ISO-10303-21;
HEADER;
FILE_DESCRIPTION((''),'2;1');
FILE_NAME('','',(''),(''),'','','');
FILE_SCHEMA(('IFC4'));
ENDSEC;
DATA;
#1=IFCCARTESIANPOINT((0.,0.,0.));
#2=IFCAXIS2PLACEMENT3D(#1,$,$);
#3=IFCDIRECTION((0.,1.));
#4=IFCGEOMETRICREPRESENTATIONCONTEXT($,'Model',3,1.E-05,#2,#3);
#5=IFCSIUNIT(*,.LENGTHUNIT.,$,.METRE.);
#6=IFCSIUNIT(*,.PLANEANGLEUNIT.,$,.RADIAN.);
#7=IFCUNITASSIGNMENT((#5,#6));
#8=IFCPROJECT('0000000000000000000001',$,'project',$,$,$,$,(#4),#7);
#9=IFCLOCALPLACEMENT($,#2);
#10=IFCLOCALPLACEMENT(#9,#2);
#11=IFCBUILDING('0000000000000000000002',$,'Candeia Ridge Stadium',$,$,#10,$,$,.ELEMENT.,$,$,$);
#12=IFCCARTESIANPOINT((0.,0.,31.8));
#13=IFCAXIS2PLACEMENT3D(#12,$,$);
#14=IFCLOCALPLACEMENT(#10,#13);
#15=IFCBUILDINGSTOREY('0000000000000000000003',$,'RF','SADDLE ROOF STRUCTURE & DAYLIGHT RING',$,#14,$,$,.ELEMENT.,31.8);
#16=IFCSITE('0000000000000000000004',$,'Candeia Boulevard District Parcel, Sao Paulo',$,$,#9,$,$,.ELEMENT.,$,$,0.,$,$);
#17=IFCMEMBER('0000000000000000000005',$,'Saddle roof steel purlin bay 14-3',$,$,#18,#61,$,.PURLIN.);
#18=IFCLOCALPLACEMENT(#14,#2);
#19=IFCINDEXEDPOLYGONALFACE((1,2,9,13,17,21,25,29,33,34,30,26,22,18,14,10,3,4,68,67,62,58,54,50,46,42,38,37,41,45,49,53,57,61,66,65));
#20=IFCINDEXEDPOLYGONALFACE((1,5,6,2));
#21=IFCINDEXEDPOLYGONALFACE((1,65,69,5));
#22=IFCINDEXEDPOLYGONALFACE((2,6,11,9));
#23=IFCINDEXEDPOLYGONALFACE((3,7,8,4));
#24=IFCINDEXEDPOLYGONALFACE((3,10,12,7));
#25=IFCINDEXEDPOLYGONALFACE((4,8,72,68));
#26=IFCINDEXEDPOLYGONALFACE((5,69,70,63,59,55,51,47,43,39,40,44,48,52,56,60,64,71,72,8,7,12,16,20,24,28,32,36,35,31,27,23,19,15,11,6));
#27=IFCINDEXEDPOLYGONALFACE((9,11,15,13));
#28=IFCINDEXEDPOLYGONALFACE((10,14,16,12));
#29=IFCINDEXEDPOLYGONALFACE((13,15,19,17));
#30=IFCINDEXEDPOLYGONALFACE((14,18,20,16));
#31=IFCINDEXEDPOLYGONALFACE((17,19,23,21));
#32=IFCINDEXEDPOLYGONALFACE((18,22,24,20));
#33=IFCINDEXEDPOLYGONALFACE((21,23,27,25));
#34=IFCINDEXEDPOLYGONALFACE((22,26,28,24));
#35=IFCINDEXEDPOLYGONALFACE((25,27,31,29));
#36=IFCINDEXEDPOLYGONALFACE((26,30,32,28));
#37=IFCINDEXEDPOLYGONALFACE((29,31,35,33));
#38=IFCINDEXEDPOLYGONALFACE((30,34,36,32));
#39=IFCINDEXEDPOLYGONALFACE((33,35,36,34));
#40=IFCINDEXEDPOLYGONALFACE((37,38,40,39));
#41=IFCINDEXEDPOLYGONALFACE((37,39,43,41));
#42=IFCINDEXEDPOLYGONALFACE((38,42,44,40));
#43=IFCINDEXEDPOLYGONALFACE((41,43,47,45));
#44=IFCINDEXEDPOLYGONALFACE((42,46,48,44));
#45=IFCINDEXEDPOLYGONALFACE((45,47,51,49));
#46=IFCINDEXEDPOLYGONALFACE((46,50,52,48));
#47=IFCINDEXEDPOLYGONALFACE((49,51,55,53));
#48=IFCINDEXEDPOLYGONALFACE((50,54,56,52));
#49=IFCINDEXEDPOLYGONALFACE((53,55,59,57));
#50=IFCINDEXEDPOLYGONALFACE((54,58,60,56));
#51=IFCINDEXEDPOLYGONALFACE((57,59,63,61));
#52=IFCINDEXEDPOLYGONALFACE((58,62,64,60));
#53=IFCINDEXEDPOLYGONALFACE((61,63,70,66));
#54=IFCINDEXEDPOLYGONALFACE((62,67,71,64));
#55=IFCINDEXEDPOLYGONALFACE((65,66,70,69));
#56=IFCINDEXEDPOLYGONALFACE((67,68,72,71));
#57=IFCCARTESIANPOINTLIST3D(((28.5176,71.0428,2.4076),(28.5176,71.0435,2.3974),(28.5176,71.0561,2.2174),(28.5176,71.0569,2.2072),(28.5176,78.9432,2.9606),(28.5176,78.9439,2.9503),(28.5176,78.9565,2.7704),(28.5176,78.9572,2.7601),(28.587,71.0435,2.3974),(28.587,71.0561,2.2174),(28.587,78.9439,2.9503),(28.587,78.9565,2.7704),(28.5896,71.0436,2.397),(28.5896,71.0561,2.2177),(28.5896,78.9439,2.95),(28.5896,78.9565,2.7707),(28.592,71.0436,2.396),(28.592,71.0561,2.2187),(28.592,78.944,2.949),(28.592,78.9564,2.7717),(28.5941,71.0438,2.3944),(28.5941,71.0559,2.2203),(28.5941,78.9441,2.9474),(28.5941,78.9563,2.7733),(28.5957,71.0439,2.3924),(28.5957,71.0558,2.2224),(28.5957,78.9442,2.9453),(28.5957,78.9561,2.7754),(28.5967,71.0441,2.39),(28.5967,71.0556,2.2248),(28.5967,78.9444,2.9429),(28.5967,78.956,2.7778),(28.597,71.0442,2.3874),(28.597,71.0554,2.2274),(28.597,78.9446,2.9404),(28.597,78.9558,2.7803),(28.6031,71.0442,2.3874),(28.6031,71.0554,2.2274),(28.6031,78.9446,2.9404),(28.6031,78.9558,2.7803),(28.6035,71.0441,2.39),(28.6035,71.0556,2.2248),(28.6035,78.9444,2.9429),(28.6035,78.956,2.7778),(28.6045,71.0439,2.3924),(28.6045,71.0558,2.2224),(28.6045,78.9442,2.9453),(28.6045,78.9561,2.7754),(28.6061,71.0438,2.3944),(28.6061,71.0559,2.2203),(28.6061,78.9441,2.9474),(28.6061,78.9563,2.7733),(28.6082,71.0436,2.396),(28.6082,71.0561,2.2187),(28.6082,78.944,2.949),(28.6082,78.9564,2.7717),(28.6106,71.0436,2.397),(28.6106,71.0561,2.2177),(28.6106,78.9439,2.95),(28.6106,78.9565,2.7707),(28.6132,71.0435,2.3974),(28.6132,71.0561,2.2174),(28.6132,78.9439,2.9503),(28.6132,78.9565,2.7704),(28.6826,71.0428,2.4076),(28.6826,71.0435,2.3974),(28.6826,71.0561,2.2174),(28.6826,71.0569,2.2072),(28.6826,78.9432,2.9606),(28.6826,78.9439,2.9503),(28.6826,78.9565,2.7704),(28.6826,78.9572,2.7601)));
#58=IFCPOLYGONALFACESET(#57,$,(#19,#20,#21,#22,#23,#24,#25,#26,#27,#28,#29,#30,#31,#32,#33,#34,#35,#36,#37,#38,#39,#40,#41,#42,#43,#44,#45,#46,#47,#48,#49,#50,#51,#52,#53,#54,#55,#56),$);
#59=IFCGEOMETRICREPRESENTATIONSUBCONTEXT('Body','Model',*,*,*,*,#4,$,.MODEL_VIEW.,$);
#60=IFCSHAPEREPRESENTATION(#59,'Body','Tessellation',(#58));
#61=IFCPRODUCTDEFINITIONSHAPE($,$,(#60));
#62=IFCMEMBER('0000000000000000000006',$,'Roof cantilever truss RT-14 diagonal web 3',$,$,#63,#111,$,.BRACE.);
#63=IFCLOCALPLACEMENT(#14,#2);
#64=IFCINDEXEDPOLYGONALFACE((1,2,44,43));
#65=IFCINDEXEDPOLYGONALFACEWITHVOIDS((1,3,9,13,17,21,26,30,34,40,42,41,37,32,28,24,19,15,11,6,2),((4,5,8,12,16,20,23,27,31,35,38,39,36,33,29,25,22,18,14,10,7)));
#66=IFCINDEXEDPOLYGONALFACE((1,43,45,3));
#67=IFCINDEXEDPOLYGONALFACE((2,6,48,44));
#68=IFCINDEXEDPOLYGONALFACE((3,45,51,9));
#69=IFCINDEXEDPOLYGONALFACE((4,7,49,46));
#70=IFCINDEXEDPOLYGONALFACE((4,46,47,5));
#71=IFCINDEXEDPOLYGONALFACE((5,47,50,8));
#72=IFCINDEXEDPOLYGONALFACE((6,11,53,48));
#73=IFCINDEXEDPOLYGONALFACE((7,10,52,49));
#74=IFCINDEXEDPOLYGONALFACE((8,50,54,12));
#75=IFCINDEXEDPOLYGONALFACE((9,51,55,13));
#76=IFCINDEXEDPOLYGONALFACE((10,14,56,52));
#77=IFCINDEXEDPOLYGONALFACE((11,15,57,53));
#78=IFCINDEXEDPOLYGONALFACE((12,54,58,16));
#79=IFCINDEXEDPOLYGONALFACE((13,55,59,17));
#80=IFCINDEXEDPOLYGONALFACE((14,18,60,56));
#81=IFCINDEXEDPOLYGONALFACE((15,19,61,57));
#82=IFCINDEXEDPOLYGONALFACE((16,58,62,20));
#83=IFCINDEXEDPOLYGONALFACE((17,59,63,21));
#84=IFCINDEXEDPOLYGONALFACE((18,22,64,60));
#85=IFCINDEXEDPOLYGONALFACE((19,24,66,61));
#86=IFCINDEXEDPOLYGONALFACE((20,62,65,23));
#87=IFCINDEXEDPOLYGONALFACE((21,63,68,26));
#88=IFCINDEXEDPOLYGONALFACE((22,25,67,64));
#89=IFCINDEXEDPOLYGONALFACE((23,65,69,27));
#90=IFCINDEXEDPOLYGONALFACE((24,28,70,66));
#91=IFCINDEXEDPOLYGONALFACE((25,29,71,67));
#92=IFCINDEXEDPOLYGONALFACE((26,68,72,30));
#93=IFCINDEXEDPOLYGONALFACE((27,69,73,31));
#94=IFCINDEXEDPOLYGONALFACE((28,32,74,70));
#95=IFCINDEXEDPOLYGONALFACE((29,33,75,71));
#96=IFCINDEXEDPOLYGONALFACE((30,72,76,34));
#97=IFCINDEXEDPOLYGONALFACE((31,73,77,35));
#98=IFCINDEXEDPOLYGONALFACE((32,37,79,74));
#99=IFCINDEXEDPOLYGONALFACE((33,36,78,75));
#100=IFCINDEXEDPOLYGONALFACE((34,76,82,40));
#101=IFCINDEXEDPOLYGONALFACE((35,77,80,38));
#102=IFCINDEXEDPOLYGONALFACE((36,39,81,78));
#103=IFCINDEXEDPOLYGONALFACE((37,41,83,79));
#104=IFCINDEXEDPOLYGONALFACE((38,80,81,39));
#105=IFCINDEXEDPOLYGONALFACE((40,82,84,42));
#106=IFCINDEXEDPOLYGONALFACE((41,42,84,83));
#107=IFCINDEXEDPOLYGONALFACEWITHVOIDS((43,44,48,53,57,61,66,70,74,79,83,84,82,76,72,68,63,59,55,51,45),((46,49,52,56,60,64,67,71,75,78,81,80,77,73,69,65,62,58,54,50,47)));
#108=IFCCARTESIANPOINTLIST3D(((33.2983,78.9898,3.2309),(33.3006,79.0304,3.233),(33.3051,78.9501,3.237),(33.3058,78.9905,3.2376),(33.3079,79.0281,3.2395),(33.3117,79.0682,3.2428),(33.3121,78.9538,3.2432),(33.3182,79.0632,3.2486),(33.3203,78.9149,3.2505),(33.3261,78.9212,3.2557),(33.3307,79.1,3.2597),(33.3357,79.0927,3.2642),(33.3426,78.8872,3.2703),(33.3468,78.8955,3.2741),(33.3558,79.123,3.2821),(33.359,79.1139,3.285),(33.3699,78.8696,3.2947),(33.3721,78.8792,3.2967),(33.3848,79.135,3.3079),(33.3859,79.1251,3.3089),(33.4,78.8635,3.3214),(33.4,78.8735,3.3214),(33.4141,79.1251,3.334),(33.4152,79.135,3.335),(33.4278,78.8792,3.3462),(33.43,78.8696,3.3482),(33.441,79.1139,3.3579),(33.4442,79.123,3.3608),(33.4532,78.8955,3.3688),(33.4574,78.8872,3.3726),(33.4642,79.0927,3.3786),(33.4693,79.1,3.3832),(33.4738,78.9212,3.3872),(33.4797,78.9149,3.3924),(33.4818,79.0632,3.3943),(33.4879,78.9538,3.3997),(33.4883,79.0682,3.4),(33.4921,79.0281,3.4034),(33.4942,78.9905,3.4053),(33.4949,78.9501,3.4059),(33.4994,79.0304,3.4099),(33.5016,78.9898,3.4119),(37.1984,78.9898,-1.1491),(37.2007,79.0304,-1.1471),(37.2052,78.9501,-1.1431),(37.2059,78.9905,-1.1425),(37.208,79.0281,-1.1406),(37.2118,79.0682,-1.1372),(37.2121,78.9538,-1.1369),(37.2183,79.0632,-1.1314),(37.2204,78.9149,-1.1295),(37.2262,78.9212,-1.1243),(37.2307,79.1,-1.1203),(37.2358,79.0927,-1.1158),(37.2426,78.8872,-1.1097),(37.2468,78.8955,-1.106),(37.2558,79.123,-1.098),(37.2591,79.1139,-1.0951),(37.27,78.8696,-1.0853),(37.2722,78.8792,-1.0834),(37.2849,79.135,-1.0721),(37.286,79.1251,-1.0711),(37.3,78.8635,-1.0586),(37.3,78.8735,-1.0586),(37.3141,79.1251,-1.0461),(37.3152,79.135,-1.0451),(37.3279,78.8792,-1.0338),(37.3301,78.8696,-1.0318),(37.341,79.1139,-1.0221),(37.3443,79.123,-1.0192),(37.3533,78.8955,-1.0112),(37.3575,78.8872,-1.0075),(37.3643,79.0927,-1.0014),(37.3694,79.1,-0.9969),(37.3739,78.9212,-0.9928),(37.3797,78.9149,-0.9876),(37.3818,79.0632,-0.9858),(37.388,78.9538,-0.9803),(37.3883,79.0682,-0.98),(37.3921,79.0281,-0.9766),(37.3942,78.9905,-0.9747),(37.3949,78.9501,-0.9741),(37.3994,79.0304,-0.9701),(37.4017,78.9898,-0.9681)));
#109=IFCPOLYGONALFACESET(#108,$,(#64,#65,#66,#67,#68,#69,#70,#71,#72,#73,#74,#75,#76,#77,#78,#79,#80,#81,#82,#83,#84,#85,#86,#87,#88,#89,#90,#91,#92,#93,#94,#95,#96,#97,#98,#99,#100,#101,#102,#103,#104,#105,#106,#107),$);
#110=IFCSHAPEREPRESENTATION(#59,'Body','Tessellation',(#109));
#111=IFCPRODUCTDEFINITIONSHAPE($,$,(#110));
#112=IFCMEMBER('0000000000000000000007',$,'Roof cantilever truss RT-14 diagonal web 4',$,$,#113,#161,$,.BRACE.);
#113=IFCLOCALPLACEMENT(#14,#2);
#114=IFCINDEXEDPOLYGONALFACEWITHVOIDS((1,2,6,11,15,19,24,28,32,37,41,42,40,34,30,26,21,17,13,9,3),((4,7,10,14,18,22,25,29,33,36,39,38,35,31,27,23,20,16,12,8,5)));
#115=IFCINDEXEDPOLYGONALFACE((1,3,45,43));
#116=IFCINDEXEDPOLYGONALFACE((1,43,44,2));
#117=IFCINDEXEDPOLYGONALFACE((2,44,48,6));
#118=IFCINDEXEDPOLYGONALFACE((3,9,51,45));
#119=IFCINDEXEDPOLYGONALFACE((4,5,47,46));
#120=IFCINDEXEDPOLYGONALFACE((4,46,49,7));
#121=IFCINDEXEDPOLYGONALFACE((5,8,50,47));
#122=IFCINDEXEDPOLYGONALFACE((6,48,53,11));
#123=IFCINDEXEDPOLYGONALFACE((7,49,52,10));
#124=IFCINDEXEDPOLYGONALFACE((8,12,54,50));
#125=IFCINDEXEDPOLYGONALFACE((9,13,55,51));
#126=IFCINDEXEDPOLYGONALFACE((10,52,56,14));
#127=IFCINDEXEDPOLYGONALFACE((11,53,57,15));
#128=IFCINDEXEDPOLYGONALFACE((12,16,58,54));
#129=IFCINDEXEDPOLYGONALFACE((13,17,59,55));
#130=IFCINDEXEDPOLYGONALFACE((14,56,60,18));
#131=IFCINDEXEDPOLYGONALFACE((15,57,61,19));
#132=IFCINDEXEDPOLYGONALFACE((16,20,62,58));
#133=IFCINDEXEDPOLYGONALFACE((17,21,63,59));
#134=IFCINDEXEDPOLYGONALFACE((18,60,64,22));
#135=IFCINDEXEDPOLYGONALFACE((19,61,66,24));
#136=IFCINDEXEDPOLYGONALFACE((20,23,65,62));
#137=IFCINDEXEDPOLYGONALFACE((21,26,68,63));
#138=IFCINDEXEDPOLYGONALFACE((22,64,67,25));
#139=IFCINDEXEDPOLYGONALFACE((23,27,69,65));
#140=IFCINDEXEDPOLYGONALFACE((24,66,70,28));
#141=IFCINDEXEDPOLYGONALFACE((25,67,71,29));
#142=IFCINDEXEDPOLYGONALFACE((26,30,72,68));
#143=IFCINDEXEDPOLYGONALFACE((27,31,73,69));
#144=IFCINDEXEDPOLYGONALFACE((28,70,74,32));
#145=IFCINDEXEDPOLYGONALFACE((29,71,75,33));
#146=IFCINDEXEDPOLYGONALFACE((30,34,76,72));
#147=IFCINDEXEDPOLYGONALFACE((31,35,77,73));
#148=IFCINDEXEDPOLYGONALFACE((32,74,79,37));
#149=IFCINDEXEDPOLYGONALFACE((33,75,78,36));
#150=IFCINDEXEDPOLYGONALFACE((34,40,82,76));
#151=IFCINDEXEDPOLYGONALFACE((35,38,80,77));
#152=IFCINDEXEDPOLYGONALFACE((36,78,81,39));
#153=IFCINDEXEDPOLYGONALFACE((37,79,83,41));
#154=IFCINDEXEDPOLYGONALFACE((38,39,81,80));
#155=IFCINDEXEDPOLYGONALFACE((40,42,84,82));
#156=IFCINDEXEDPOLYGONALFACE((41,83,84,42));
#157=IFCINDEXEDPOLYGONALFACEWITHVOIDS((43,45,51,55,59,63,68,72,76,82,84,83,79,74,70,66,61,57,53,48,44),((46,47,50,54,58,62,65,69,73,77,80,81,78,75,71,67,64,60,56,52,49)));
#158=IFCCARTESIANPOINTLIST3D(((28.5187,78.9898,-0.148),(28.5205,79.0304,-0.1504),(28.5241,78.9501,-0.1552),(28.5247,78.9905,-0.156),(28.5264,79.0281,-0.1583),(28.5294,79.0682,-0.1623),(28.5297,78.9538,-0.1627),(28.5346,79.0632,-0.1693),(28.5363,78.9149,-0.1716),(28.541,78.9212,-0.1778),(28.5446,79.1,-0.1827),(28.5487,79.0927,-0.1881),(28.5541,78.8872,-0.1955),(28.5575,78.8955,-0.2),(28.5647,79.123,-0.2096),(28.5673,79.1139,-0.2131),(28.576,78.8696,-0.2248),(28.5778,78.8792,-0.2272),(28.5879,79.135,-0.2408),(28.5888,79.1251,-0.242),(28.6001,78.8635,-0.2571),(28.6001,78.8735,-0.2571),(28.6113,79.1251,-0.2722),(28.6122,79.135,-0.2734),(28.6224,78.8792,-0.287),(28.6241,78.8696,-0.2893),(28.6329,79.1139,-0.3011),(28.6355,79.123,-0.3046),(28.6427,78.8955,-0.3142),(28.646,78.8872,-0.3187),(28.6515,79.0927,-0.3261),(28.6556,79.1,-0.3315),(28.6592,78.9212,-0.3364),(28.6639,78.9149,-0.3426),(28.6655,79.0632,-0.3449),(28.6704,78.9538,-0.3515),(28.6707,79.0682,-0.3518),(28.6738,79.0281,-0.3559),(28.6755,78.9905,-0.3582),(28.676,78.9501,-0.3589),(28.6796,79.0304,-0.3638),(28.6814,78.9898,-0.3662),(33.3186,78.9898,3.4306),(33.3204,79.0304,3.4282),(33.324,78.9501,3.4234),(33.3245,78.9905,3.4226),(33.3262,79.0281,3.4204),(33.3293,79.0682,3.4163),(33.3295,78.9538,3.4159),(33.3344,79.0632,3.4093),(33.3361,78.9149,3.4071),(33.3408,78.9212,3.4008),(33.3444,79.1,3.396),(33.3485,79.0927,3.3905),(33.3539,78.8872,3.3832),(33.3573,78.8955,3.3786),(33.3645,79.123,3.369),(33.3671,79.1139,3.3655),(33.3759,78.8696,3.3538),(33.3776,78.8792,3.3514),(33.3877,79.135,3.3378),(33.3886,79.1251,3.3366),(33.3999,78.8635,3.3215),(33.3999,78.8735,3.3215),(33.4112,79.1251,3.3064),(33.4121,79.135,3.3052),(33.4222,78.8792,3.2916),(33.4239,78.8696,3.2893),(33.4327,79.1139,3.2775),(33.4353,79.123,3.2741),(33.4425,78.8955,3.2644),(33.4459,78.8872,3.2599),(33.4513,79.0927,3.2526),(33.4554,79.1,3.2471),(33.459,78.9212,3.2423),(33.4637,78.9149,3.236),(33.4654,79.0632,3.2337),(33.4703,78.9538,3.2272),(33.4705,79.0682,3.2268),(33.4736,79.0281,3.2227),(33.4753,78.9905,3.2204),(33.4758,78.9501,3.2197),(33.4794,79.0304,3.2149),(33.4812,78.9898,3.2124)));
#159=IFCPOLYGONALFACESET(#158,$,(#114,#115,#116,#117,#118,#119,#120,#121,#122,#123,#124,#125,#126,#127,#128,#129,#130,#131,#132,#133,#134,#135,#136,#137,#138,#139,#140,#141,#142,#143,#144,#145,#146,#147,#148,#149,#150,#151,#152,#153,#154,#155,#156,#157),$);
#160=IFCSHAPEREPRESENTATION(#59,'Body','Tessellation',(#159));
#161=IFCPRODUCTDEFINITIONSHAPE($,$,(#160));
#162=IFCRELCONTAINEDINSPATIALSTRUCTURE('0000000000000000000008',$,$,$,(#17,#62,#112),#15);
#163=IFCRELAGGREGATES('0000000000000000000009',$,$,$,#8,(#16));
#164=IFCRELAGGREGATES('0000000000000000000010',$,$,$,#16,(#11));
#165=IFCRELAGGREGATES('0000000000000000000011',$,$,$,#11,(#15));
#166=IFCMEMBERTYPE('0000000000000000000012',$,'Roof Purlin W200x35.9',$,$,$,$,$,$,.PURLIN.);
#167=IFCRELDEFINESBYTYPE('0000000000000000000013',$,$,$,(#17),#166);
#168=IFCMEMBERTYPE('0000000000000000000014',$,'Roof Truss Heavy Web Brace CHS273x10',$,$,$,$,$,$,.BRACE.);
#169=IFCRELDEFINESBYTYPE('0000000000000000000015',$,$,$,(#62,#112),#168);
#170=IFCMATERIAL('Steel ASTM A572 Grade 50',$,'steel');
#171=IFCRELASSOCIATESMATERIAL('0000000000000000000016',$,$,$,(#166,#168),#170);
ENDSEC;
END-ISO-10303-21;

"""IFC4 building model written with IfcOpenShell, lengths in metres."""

from ifc_helpers import new_model, si_unit, direction, frame, origin, origin_2d, place, context, subcontext, project, spatial, hollow_circle, i_section, extrude, material, material_profile, profile_set, type_object, element, save


model = new_model("IFC4")

# Units and contexts
model_context = context("Model", 3, precision=1e-05, world=origin(), true_north=direction((0.0, 1.0)))
body_context = subcontext(model_context, "Body", "Model", "MODEL_VIEW")
ifc_project = project(units=[si_unit("LENGTHUNIT", "METRE"), si_unit("PLANEANGLEUNIT", "RADIAN")], contexts=[model_context])

# Site, building, storey
site_placement = place(None, origin())
site = spatial("IfcSite", under=ifc_project, at=site_placement, Name="Candeia Boulevard District Parcel, Sao Paulo", CompositionType="ELEMENT", RefElevation=0.0)
building_placement = place(site_placement, origin())
building = spatial("IfcBuilding", under=site, at=building_placement, Name="Candeia Ridge Stadium", CompositionType="ELEMENT")
storey_placement = place(building_placement, frame((0.0, 0.0, 31.8)))
storey = spatial("IfcBuildingStorey", under=building, at=storey_placement, Name="RF", Description="SADDLE ROOF STRUCTURE & DAYLIGHT RING", CompositionType="ELEMENT", Elevation=31.8)

# Shared definitions
ifc_material_1 = material(Name="Steel ASTM A572 Grade 50", Category="steel")

# Members
ifc_material_profile_1 = material_profile(ifc_material_1, i_section(OverallWidth=0.165, OverallDepth=0.2009, WebThickness=0.0061, FlangeThickness=0.0103, FilletRadius=0.01, at=origin_2d()), Name="W200x35.9", Category="steel")
ifc_profile_set_1 = profile_set([ifc_material_profile_1], Name="Steel ASTM A572 Grade 50")
member_type_1 = type_object("IfcMemberType", Name="Roof Purlin W200x35.9", PredefinedType="PURLIN", material=ifc_profile_set_1)
for number, where, z_axis, x_axis, name in (
    (1, (28.6001, 78.9502, 2.8604), (0.0, -0.997559, -0.069823), (1.0, 0.0, 0.0), "Saddle roof steel purlin bay 14-3"),
):
    element("IfcMember", number, at=place(storey_placement, frame(where, z_axis=z_axis, x_axis=x_axis)), inside=storey, type_object=member_type_1, Name=name, PredefinedType="PURLIN", context=body_context, shape_type="SweptSolid", body=[
        extrude(i_section(OverallWidth=0.165, OverallDepth=0.2009, WebThickness=0.0061, FlangeThickness=0.0103, FilletRadius=0.01, at=origin_2d()), origin(), (0.0, 0.0, 1.0), 7.9197),
    ])
ifc_material_profile_2 = material_profile(ifc_material_1, hollow_circle(Radius=0.1365, WallThickness=0.01, at=origin_2d()), Name="CHS273x10", Category="steel")
ifc_profile_set_2 = profile_set([ifc_material_profile_2], Name="Steel ASTM A572 Grade 50")
member_type_2 = type_object("IfcMemberType", Name="Roof Truss Heavy Web Brace CHS273x10", PredefinedType="BRACE", material=ifc_profile_set_2)
member_1_placement = place(storey_placement, frame((37.3, 79.0, -1.0586), z_axis=(-0.665002, 0.0, 0.746842), x_axis=(0.0, -1.0, 0.0)))
element("IfcMember", 2, at=member_1_placement, inside=storey, type_object=member_type_2, Name="Roof cantilever truss RT-14 diagonal web 3", PredefinedType="BRACE", context=body_context, shape_type="SweptSolid", body=[
    extrude(hollow_circle(Radius=0.1365, WallThickness=0.01, at=origin_2d()), origin(), (0.0, 0.0, 1.0), 5.8647),
])
member_2_placement = place(storey_placement, frame((33.3999, 79.0, 3.3215), z_axis=(-0.8017, 0.0, -0.597727), x_axis=(0.0, -1.0, 0.0)))
element("IfcMember", 3, at=member_2_placement, inside=storey, type_object=member_type_2, Name="Roof cantilever truss RT-14 diagonal web 4", PredefinedType="BRACE", context=body_context, shape_type="SweptSolid", body=[
    extrude(hollow_circle(Radius=0.1365, WallThickness=0.01, at=origin_2d()), origin(), (0.0, 0.0, 1.0), 5.9871),
])

save(model, "model.ifc")
